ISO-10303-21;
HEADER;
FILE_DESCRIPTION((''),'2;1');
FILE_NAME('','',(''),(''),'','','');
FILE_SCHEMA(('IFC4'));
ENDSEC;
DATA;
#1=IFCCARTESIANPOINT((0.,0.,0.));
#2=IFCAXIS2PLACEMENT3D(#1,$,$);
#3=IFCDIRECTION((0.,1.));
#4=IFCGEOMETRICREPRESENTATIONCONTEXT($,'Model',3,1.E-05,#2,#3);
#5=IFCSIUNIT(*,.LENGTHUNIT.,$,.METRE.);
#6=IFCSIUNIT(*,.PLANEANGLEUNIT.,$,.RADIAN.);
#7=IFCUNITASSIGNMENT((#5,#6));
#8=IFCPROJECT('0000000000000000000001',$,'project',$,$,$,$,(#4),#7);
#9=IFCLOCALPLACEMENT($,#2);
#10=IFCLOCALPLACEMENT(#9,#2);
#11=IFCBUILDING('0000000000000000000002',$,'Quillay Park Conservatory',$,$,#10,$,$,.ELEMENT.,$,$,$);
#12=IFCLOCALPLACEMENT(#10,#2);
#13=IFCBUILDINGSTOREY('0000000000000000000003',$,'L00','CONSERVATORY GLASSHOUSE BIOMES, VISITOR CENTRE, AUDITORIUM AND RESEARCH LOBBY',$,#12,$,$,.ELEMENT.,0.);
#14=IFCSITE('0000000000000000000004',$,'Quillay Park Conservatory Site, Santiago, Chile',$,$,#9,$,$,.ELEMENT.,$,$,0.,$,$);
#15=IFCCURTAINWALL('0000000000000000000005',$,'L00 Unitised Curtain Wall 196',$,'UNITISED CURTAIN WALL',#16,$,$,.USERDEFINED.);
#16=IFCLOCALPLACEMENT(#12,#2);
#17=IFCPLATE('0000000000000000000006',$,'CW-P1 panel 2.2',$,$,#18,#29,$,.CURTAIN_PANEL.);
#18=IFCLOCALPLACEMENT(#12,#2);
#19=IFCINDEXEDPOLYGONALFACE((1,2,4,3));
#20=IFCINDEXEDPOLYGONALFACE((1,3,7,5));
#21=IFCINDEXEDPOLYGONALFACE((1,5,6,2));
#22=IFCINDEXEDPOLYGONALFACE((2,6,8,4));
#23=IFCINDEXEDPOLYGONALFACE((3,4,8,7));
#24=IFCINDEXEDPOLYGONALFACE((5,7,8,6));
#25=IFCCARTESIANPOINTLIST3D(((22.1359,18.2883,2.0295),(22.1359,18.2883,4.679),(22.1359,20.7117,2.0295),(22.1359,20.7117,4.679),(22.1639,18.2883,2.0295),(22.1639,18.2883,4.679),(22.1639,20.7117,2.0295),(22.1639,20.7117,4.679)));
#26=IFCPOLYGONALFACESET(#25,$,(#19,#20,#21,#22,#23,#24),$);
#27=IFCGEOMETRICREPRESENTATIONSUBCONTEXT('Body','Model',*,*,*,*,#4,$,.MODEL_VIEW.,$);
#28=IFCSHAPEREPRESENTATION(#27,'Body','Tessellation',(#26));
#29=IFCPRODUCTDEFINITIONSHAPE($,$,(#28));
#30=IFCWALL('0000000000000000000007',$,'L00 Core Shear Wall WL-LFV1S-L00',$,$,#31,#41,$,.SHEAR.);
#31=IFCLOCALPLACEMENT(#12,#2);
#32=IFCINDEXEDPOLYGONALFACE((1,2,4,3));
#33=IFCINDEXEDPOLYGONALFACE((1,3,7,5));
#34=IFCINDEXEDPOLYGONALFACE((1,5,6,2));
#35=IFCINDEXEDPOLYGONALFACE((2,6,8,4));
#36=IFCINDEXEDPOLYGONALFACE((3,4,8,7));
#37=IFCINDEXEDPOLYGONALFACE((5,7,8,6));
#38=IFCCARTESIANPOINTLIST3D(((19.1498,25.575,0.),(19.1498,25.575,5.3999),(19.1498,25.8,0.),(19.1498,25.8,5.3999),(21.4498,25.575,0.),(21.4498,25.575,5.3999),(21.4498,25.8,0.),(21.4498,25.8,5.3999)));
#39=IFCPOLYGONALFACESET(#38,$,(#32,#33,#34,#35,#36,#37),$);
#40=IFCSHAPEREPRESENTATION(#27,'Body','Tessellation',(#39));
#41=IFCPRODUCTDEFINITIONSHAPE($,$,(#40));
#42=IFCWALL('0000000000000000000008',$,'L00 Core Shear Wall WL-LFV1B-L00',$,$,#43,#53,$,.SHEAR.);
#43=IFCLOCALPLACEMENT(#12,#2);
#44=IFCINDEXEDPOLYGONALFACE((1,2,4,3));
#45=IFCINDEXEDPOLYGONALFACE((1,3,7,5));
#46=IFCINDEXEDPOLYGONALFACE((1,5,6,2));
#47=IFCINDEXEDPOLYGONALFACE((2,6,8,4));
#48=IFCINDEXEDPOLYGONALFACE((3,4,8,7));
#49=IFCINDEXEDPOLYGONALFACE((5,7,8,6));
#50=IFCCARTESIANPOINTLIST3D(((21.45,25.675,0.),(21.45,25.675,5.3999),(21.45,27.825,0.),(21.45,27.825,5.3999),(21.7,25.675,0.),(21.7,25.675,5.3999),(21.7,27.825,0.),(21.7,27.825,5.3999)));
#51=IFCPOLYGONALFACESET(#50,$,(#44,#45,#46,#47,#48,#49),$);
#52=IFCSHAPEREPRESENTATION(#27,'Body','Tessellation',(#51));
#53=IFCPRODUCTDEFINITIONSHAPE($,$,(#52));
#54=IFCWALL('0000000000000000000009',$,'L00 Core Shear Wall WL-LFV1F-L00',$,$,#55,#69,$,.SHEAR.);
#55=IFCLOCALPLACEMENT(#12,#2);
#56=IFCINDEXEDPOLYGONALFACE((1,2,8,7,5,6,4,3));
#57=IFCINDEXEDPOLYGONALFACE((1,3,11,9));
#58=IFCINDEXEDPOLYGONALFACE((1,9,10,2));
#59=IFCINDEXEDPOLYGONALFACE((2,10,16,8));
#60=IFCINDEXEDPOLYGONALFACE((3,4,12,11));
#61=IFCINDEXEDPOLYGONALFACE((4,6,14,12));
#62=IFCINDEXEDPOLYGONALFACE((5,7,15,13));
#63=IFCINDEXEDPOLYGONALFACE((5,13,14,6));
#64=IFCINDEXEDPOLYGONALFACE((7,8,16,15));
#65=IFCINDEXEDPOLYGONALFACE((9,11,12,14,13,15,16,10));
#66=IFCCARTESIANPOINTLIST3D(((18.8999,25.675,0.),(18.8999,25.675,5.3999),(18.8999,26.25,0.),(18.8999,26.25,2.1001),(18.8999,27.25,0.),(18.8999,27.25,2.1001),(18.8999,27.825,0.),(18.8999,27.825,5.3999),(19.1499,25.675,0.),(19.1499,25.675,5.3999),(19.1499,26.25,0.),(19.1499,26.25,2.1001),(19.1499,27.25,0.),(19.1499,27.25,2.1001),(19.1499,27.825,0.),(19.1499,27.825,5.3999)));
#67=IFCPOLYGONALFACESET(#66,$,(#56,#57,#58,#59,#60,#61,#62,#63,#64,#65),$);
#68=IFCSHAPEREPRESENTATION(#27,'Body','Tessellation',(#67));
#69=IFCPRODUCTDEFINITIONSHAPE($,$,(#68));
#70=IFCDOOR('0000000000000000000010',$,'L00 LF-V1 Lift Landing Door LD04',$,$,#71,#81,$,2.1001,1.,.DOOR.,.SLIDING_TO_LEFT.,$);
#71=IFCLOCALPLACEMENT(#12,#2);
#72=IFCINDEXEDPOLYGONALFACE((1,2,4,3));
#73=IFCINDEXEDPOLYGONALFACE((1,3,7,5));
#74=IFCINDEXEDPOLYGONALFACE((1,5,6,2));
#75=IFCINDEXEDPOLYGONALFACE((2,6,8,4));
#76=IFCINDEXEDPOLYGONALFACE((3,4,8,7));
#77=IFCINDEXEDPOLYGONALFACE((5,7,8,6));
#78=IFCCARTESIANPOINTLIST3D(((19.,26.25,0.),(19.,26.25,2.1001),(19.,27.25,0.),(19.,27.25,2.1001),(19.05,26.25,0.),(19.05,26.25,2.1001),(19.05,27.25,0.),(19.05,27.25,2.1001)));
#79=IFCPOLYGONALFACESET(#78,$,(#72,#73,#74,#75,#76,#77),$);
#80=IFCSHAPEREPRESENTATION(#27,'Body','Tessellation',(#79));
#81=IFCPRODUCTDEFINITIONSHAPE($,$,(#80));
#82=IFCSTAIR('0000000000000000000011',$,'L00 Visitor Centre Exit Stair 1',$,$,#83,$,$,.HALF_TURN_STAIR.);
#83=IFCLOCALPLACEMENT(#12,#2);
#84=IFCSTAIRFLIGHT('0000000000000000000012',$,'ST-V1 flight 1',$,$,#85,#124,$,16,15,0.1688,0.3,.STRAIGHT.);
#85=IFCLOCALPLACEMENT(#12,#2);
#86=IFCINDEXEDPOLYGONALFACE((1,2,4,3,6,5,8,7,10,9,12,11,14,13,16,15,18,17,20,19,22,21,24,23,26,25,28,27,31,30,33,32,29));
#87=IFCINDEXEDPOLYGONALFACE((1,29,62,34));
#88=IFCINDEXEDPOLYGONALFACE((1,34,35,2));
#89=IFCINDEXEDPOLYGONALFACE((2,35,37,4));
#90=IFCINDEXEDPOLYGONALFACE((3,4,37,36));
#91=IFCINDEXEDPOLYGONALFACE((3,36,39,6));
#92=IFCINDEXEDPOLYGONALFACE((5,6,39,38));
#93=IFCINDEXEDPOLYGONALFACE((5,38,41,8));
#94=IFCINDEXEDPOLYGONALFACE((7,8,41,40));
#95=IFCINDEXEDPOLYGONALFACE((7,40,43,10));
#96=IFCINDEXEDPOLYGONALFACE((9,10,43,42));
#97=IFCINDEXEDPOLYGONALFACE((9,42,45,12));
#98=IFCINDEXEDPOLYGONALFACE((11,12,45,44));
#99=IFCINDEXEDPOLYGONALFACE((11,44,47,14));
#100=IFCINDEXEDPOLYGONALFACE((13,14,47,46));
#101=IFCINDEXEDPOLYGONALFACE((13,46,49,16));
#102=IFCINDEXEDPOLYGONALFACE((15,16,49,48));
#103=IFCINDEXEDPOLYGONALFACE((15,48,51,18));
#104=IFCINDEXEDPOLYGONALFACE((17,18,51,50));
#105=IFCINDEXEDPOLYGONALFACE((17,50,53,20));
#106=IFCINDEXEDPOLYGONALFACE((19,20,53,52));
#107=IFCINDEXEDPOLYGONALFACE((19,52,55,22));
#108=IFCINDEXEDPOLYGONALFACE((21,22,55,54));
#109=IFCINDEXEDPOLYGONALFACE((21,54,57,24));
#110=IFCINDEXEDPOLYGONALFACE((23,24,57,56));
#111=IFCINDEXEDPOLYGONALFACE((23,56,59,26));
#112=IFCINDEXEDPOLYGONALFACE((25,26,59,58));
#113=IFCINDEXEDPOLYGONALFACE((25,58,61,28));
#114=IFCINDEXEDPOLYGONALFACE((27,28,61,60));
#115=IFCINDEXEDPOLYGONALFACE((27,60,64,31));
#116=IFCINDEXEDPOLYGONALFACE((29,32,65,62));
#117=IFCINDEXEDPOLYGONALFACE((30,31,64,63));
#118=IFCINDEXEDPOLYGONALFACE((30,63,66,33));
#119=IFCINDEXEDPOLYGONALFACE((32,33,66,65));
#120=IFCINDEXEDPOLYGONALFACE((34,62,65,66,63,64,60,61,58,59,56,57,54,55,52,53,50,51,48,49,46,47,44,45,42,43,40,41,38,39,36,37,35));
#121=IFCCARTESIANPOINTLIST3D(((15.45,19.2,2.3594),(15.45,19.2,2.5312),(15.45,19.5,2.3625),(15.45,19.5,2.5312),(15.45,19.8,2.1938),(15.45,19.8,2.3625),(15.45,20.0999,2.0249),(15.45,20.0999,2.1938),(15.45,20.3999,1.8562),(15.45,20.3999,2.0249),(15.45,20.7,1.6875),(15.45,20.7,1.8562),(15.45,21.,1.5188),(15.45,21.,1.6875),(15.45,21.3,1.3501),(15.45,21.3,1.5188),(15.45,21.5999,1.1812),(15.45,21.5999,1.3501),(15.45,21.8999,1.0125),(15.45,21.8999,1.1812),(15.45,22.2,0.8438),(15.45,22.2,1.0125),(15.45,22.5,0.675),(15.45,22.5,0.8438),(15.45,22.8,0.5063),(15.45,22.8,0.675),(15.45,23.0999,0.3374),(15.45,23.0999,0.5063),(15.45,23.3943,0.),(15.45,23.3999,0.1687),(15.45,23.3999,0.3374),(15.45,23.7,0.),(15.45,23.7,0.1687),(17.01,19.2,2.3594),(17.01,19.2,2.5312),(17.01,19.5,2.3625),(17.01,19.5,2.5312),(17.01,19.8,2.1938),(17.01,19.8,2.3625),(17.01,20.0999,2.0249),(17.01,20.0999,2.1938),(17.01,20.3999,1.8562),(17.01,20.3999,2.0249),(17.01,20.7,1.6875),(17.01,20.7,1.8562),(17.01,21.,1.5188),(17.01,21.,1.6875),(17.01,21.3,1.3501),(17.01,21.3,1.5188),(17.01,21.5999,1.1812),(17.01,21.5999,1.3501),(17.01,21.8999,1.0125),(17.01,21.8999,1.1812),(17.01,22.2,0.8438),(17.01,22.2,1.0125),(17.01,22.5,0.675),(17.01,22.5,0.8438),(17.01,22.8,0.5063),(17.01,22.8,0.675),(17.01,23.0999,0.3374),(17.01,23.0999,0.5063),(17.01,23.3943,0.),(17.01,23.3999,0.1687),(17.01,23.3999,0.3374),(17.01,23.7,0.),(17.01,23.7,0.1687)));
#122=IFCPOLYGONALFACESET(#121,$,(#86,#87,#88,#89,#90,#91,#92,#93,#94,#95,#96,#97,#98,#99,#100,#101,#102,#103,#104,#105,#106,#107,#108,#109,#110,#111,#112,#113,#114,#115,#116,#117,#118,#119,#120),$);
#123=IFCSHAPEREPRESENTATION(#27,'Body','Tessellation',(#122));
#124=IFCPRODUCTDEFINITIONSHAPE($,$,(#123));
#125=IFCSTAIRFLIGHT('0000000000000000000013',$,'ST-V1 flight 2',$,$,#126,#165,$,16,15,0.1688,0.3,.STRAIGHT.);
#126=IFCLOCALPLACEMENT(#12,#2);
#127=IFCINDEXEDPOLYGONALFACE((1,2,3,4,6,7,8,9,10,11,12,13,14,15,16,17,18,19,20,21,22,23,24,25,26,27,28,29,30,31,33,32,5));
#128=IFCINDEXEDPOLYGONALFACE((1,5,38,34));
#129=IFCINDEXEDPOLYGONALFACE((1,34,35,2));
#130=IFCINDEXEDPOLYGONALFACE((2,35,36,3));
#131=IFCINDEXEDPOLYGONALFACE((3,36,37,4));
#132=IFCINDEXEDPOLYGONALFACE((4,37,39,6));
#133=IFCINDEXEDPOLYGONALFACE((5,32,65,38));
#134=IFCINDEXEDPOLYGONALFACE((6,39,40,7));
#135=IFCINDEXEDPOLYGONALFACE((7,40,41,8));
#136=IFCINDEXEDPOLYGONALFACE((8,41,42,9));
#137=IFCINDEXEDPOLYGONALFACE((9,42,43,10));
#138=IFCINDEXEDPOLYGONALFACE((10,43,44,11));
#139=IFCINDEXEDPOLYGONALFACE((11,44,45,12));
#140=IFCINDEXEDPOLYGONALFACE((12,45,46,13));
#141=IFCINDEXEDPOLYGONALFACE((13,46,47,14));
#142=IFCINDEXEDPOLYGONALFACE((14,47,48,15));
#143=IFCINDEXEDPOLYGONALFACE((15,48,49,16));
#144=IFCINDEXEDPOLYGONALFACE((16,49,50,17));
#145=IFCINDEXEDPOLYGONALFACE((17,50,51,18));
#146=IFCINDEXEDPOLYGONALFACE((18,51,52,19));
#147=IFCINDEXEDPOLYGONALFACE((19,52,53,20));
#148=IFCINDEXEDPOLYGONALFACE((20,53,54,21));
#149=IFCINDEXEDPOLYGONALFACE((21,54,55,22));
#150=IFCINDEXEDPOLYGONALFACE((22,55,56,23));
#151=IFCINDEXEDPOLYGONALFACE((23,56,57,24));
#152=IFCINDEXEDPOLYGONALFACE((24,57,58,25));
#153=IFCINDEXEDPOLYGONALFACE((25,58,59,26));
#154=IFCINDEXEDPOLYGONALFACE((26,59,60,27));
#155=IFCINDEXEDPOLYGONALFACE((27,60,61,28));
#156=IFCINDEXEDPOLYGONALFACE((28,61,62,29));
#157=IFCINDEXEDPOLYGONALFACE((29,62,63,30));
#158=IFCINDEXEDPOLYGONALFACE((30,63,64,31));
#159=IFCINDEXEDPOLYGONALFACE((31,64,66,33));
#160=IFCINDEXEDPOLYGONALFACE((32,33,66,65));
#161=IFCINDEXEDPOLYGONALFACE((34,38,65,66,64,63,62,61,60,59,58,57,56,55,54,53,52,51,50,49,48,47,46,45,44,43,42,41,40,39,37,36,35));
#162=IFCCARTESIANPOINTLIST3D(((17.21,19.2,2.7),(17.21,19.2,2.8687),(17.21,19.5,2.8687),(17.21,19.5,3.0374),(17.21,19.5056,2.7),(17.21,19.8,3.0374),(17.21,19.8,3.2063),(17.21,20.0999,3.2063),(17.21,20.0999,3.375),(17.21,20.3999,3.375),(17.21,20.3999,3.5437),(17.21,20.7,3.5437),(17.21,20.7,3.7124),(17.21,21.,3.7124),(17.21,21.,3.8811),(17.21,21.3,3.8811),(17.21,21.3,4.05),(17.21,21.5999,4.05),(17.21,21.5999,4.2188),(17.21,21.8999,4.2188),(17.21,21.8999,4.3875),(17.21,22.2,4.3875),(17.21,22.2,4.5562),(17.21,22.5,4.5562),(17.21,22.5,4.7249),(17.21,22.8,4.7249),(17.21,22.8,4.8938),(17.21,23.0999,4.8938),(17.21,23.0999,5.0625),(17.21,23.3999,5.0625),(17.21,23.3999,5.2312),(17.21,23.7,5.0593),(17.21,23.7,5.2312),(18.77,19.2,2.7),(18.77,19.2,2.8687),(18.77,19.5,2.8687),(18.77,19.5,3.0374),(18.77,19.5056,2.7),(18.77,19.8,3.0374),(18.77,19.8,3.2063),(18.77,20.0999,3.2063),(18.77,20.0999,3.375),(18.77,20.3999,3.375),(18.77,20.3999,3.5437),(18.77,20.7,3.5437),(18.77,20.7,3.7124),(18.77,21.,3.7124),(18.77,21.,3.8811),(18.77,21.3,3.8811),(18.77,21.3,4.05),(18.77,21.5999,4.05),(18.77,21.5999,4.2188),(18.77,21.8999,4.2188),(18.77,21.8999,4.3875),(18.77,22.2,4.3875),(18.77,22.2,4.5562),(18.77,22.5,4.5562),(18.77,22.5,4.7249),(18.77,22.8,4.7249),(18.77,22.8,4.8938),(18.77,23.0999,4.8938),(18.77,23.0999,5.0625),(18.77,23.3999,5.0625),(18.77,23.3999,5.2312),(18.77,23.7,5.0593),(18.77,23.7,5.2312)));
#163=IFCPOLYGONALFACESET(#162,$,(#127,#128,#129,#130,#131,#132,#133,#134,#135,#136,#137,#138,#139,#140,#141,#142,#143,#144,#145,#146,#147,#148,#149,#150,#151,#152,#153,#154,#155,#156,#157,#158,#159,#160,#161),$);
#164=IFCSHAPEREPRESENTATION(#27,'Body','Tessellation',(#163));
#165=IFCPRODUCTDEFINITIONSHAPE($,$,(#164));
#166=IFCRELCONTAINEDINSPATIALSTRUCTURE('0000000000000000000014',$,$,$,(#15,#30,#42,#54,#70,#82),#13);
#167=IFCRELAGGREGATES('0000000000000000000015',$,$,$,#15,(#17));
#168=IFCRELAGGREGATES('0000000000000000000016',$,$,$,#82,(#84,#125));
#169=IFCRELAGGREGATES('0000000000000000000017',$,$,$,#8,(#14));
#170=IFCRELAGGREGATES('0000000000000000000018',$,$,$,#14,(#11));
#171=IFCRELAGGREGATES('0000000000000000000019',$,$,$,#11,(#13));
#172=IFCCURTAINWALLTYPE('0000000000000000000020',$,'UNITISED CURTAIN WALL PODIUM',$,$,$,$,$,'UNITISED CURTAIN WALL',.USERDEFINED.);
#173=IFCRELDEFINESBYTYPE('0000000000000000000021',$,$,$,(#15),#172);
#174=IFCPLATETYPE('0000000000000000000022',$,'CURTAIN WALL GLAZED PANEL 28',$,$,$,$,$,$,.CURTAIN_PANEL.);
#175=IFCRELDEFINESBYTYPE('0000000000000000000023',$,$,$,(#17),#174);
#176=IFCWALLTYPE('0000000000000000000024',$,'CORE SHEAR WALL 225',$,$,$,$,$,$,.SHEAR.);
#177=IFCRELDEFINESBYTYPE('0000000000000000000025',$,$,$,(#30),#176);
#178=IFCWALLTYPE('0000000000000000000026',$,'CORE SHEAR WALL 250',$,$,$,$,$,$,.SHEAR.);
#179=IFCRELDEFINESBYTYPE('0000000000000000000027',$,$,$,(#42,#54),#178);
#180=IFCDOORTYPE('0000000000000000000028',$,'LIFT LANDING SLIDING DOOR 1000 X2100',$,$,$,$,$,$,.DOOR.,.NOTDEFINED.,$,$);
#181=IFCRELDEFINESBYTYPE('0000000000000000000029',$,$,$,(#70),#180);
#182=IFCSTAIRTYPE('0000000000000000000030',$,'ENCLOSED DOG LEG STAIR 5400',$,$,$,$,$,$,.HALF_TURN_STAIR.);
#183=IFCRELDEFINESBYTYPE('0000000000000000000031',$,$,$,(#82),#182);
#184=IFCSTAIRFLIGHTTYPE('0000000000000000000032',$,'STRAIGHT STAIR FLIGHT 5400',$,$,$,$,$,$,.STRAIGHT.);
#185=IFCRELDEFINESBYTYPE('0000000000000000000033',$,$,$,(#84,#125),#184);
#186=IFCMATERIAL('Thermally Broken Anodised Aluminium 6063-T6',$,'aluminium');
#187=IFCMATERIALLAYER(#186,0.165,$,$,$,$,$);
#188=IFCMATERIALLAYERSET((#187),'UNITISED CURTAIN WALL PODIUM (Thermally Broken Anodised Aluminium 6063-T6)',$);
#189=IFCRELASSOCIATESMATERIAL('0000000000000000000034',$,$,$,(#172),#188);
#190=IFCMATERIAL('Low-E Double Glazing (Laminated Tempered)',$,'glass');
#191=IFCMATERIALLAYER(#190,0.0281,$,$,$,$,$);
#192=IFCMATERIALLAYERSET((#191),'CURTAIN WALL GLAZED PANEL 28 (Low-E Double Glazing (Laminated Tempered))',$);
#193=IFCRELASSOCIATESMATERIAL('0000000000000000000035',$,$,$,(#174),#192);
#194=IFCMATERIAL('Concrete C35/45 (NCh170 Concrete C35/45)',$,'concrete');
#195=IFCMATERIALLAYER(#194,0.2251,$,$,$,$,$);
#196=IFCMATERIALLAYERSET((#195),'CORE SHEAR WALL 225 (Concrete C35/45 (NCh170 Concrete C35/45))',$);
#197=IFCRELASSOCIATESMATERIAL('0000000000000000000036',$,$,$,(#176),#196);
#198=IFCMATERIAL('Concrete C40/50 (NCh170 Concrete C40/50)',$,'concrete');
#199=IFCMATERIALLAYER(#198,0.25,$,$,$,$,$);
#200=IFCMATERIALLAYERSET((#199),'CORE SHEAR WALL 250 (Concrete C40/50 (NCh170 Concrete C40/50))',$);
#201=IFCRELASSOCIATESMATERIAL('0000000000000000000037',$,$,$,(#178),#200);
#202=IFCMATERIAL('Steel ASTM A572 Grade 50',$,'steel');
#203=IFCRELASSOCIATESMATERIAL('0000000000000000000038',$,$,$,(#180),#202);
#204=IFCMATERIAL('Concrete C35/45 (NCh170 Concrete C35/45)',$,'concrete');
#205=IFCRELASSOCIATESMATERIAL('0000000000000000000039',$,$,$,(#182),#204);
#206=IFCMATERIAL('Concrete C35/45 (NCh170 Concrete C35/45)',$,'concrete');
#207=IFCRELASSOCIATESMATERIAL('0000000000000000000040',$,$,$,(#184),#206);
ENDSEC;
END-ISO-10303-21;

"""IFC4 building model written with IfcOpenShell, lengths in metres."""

from ifc_helpers import new_model, si_unit, direction, frame, frame_2d, origin, origin_2d, place, context, subcontext, project, spatial, polyline, rectangle, outline, extrude, material, layer, layer_set, type_object, element, fill, aggregate, save


model = new_model("IFC4")

# Units and contexts
model_context = context("Model", 3, precision=1e-05, world=origin(), true_north=direction((0.0, 1.0)))
body_context = subcontext(model_context, "Body", "Model", "MODEL_VIEW")
ifc_project = project(units=[si_unit("LENGTHUNIT", "METRE"), si_unit("PLANEANGLEUNIT", "RADIAN")], contexts=[model_context])

# Site, building, storey
site_placement = place(None, origin())
site = spatial("IfcSite", under=ifc_project, at=site_placement, Name="Quillay Park Conservatory Site, Santiago, Chile", CompositionType="ELEMENT", RefElevation=0.0)
building_placement = place(site_placement, origin())
building = spatial("IfcBuilding", under=site, at=building_placement, Name="Quillay Park Conservatory", CompositionType="ELEMENT")
storey_placement = place(building_placement, origin())
storey = spatial("IfcBuildingStorey", under=building, at=storey_placement, Name="L00", Description="CONSERVATORY GLASSHOUSE BIOMES, VISITOR CENTRE, AUDITORIUM AND RESEARCH LOBBY", CompositionType="ELEMENT", Elevation=0.0)

# Curtain wall
ifc_material_1 = material(Name="Thermally Broken Anodised Aluminium 6063-T6", Category="aluminium")
ifc_layer_1 = layer(ifc_material_1, 0.165)
ifc_layer_set_1 = layer_set([ifc_layer_1], Name="UNITISED CURTAIN WALL PODIUM (Thermally Broken Anodised Aluminium 6063-T6)")
curtain_wall_type = type_object("IfcCurtainWallType", Name="UNITISED CURTAIN WALL PODIUM", ElementType="UNITISED CURTAIN WALL", PredefinedType="USERDEFINED", material=ifc_layer_set_1)
curtain_wall_placement = place(storey_placement, origin())
curtain_wall = element("IfcCurtainWall", 1, at=curtain_wall_placement, inside=storey, type_object=curtain_wall_type, Name="L00 Unitised Curtain Wall 196", ObjectType="UNITISED CURTAIN WALL", PredefinedType="USERDEFINED")

# Plate
ifc_material_2 = material(Name="Low-E Double Glazing (Laminated Tempered)", Category="glass")
ifc_layer_2 = layer(ifc_material_2, 0.0281)
ifc_layer_set_2 = layer_set([ifc_layer_2], Name="CURTAIN WALL GLAZED PANEL 28 (Low-E Double Glazing (Laminated Tempered))")
plate_type = type_object("IfcPlateType", Name="CURTAIN WALL GLAZED PANEL 28", PredefinedType="CURTAIN_PANEL", material=ifc_layer_set_2)
plate_1_placement = place(storey_placement, frame((22.1499, 19.5, 2.0295), z_axis=(0.0, 0.0, 1.0), x_axis=(0.0, -1.0, 0.0)))
plate_1 = element("IfcPlate", 2, at=plate_1_placement, type_object=plate_type, Name="CW-P1 panel 2.2", PredefinedType="CURTAIN_PANEL", context=body_context, shape_type="SweptSolid", body=[
    extrude(rectangle(XDim=2.4233, YDim=0.0281, at=origin_2d()), origin(), (0.0, 0.0, 1.0), 2.6494),
])
aggregate(curtain_wall, [plate_1])

# Wall
ifc_material_3 = material(Name="Concrete C35/45 (NCh170 Concrete C35/45)", Category="concrete")
ifc_layer_3 = layer(ifc_material_3, 0.2251)
ifc_layer_set_3 = layer_set([ifc_layer_3], Name="CORE SHEAR WALL 225 (Concrete C35/45 (NCh170 Concrete C35/45))")
wall_type_1 = type_object("IfcWallType", Name="CORE SHEAR WALL 225", PredefinedType="SHEAR", material=ifc_layer_set_3)
wall_1_placement = place(storey_placement, frame((19.1499, 25.6875, 0.0), z_axis=(0.0, 0.0, 1.0), x_axis=(1.0, 0.0, 0.0)))
element("IfcWall", 3, at=wall_1_placement, inside=storey, type_object=wall_type_1, Name="L00 Core Shear Wall WL-LFV1S-L00", PredefinedType="SHEAR", context=body_context, shape_type="SweptSolid", body=[
    extrude(rectangle(XDim=2.3, YDim=0.2251, at=frame_2d((1.1499, 0.0))), origin(), (0.0, 0.0, 1.0), 5.3999),
])

# Shared definitions
ifc_material_4 = material(Name="Concrete C40/50 (NCh170 Concrete C40/50)", Category="concrete")
ifc_layer_4 = layer(ifc_material_4, 0.25)
ifc_layer_set_4 = layer_set([ifc_layer_4], Name="CORE SHEAR WALL 250 (Concrete C40/50 (NCh170 Concrete C40/50))")
wall_type_2 = type_object("IfcWallType", Name="CORE SHEAR WALL 250", PredefinedType="SHEAR", material=ifc_layer_set_4)

# Wall
wall_2_placement = place(storey_placement, frame((21.575, 25.675, 0.0), z_axis=(0.0, 0.0, 1.0), x_axis=(0.0, 1.0, 0.0)))
element("IfcWall", 4, at=wall_2_placement, inside=storey, type_object=wall_type_2, Name="L00 Core Shear Wall WL-LFV1B-L00", PredefinedType="SHEAR", context=body_context, shape_type="SweptSolid", body=[
    extrude(rectangle(XDim=2.1499, YDim=0.25, at=frame_2d((1.075, 0.0))), origin(), (0.0, 0.0, 1.0), 5.3999),
])

# Wall, opening, door
wall_3_placement = place(storey_placement, frame((19.0249, 25.675, 0.0), z_axis=(0.0, 0.0, 1.0), x_axis=(0.0, 1.0, 0.0)))
wall_3 = element("IfcWall", 5, at=wall_3_placement, inside=storey, type_object=wall_type_2, Name="L00 Core Shear Wall WL-LFV1F-L00", PredefinedType="SHEAR", context=body_context, shape_type="SweptSolid", body=[
    extrude(rectangle(XDim=2.1499, YDim=0.25, at=frame_2d((1.075, 0.0))), origin(), (0.0, 0.0, 1.0), 5.3999),
])
opening_1_placement = place(wall_3_placement, frame((0.575, 0.0, 0.0)))
opening_1 = element("IfcOpeningElement", 6, at=opening_1_placement, cuts=wall_3, PredefinedType="OPENING", context=body_context, shape_type="SweptSolid", body=[
    extrude(rectangle(XDim=1.0, YDim=2.1001, at=frame_2d((0.5, 1.05))), frame((0.0, 0.125, 0.0), z_axis=(0.0, -1.0, 0.0), x_axis=(1.0, 0.0, 0.0)), (0.0, 0.0, 1.0), 0.25),
])
ifc_material_5 = material(Name="Steel ASTM A572 Grade 50", Category="steel")
door_type_1 = type_object("IfcDoorType", Name="LIFT LANDING SLIDING DOOR 1000 X2100", OperationType="NOTDEFINED", PredefinedType="DOOR", material=ifc_material_5)
door_1_placement = place(opening_1_placement, origin())
door_1 = element("IfcDoor", 7, at=door_1_placement, inside=storey, type_object=door_type_1, Name="L00 LF-V1 Lift Landing Door LD04", OperationType="SLIDING_TO_LEFT", OverallHeight=2.1001, OverallWidth=1.0, PredefinedType="DOOR", context=body_context, shape_type="SweptSolid", body=[
    extrude(rectangle(XDim=1.0, YDim=2.1001, at=frame_2d((0.5, 1.05))), frame((0.0, 0.0249, 0.0), z_axis=(0.0, -1.0, 0.0), x_axis=(1.0, 0.0, 0.0)), (0.0, 0.0, 1.0), 0.05),
])
fill(opening_1, door_1)

# Stair, stair flights
ifc_material_6 = material(Name="Concrete C35/45 (NCh170 Concrete C35/45)", Category="concrete")
stair_type = type_object("IfcStairType", Name="ENCLOSED DOG LEG STAIR 5400", PredefinedType="HALF_TURN_STAIR", material=ifc_material_6)
stair_placement = place(storey_placement, origin())
stair = element("IfcStair", 8, at=stair_placement, inside=storey, type_object=stair_type, Name="L00 Visitor Centre Exit Stair 1", PredefinedType="HALF_TURN_STAIR")
ifc_material_7 = material(Name="Concrete C35/45 (NCh170 Concrete C35/45)", Category="concrete")
stair_flight_type = type_object("IfcStairFlightType", Name="STRAIGHT STAIR FLIGHT 5400", PredefinedType="STRAIGHT", material=ifc_material_7)
stair_flight_1_placement = place(storey_placement, frame((16.23, 23.7, 0.0), z_axis=(0.0, 0.0, 1.0), x_axis=(0.0, -1.0, 0.0)))
stair_flight_1 = element("IfcStairFlight", 9, at=stair_flight_1_placement, type_object=stair_flight_type, Name="ST-V1 flight 1", NumberOfRisers=16, NumberOfTreads=15, PredefinedType="STRAIGHT", RiserHeight=0.1688, TreadLength=0.3, context=body_context, shape_type="SweptSolid", body=[
    extrude(outline(polyline([(0.0, 0.0), (0.0, 0.1687), (0.3, 0.1687), (0.3, 0.3374), (0.6001, 0.3374), (0.6001, 0.5063), (0.8999, 0.5063), (0.8999, 0.675), (1.2, 0.675), (1.2, 0.8438), (1.5, 0.8438), (1.5, 1.0125), (1.8, 1.0125), (1.8, 1.1812), (2.1001, 1.1812), (2.1001, 1.3501), (2.3999, 1.3501), (2.3999, 1.5188), (2.7, 1.5188), (2.7, 1.6875), (3.0, 1.6875), (3.0, 1.8562), (3.3, 1.8562), (3.3, 2.0249), (3.6001, 2.0249), (3.6001, 2.1938), (3.8999, 2.1938), (3.8999, 2.3625), (4.2, 2.3625), (4.2, 2.5312), (4.5, 2.5312), (4.5, 2.7), (4.5, 2.3594), (0.3057, 0.0), (0.0, 0.0)])), frame((0.0, 0.78, 0.0), z_axis=(0.0, -1.0, 0.0), x_axis=(1.0, 0.0, 0.0)), (0.0, 0.0, 1.0), 1.5601),
])
stair_flight_2_placement = place(storey_placement, frame((17.99, 19.2, 2.7), z_axis=(0.0, 0.0, 1.0), x_axis=(0.0, 1.0, 0.0)))
stair_flight_2 = element("IfcStairFlight", 10, at=stair_flight_2_placement, type_object=stair_flight_type, Name="ST-V1 flight 2", NumberOfRisers=16, NumberOfTreads=15, PredefinedType="STRAIGHT", RiserHeight=0.1688, TreadLength=0.3, context=body_context, shape_type="SweptSolid", body=[
    extrude(outline(polyline([(0.0, 0.0), (0.0, 0.1687), (0.3, 0.1687), (0.3, 0.3374), (0.6001, 0.3374), (0.6001, 0.5063), (0.8999, 0.5063), (0.8999, 0.675), (1.2, 0.675), (1.2, 0.8438), (1.5, 0.8438), (1.5, 1.0125), (1.8, 1.0125), (1.8, 1.1812), (2.1001, 1.1812), (2.1001, 1.3501), (2.3999, 1.3501), (2.3999, 1.5188), (2.7, 1.5188), (2.7, 1.6875), (3.0, 1.6875), (3.0, 1.8562), (3.3, 1.8562), (3.3, 2.0249), (3.6001, 2.0249), (3.6001, 2.1938), (3.8999, 2.1938), (3.8999, 2.3625), (4.2, 2.3625), (4.2, 2.5312), (4.5, 2.5312), (4.5, 2.7), (4.5, 2.3594), (0.3057, 0.0), (0.0, 0.0)])), frame((0.0, 0.78, 0.0), z_axis=(0.0, -1.0, 0.0), x_axis=(1.0, 0.0, 0.0)), (0.0, 0.0, 1.0), 1.5601),
])
aggregate(stair, [stair_flight_1, stair_flight_2])

save(model, "model.ifc")
